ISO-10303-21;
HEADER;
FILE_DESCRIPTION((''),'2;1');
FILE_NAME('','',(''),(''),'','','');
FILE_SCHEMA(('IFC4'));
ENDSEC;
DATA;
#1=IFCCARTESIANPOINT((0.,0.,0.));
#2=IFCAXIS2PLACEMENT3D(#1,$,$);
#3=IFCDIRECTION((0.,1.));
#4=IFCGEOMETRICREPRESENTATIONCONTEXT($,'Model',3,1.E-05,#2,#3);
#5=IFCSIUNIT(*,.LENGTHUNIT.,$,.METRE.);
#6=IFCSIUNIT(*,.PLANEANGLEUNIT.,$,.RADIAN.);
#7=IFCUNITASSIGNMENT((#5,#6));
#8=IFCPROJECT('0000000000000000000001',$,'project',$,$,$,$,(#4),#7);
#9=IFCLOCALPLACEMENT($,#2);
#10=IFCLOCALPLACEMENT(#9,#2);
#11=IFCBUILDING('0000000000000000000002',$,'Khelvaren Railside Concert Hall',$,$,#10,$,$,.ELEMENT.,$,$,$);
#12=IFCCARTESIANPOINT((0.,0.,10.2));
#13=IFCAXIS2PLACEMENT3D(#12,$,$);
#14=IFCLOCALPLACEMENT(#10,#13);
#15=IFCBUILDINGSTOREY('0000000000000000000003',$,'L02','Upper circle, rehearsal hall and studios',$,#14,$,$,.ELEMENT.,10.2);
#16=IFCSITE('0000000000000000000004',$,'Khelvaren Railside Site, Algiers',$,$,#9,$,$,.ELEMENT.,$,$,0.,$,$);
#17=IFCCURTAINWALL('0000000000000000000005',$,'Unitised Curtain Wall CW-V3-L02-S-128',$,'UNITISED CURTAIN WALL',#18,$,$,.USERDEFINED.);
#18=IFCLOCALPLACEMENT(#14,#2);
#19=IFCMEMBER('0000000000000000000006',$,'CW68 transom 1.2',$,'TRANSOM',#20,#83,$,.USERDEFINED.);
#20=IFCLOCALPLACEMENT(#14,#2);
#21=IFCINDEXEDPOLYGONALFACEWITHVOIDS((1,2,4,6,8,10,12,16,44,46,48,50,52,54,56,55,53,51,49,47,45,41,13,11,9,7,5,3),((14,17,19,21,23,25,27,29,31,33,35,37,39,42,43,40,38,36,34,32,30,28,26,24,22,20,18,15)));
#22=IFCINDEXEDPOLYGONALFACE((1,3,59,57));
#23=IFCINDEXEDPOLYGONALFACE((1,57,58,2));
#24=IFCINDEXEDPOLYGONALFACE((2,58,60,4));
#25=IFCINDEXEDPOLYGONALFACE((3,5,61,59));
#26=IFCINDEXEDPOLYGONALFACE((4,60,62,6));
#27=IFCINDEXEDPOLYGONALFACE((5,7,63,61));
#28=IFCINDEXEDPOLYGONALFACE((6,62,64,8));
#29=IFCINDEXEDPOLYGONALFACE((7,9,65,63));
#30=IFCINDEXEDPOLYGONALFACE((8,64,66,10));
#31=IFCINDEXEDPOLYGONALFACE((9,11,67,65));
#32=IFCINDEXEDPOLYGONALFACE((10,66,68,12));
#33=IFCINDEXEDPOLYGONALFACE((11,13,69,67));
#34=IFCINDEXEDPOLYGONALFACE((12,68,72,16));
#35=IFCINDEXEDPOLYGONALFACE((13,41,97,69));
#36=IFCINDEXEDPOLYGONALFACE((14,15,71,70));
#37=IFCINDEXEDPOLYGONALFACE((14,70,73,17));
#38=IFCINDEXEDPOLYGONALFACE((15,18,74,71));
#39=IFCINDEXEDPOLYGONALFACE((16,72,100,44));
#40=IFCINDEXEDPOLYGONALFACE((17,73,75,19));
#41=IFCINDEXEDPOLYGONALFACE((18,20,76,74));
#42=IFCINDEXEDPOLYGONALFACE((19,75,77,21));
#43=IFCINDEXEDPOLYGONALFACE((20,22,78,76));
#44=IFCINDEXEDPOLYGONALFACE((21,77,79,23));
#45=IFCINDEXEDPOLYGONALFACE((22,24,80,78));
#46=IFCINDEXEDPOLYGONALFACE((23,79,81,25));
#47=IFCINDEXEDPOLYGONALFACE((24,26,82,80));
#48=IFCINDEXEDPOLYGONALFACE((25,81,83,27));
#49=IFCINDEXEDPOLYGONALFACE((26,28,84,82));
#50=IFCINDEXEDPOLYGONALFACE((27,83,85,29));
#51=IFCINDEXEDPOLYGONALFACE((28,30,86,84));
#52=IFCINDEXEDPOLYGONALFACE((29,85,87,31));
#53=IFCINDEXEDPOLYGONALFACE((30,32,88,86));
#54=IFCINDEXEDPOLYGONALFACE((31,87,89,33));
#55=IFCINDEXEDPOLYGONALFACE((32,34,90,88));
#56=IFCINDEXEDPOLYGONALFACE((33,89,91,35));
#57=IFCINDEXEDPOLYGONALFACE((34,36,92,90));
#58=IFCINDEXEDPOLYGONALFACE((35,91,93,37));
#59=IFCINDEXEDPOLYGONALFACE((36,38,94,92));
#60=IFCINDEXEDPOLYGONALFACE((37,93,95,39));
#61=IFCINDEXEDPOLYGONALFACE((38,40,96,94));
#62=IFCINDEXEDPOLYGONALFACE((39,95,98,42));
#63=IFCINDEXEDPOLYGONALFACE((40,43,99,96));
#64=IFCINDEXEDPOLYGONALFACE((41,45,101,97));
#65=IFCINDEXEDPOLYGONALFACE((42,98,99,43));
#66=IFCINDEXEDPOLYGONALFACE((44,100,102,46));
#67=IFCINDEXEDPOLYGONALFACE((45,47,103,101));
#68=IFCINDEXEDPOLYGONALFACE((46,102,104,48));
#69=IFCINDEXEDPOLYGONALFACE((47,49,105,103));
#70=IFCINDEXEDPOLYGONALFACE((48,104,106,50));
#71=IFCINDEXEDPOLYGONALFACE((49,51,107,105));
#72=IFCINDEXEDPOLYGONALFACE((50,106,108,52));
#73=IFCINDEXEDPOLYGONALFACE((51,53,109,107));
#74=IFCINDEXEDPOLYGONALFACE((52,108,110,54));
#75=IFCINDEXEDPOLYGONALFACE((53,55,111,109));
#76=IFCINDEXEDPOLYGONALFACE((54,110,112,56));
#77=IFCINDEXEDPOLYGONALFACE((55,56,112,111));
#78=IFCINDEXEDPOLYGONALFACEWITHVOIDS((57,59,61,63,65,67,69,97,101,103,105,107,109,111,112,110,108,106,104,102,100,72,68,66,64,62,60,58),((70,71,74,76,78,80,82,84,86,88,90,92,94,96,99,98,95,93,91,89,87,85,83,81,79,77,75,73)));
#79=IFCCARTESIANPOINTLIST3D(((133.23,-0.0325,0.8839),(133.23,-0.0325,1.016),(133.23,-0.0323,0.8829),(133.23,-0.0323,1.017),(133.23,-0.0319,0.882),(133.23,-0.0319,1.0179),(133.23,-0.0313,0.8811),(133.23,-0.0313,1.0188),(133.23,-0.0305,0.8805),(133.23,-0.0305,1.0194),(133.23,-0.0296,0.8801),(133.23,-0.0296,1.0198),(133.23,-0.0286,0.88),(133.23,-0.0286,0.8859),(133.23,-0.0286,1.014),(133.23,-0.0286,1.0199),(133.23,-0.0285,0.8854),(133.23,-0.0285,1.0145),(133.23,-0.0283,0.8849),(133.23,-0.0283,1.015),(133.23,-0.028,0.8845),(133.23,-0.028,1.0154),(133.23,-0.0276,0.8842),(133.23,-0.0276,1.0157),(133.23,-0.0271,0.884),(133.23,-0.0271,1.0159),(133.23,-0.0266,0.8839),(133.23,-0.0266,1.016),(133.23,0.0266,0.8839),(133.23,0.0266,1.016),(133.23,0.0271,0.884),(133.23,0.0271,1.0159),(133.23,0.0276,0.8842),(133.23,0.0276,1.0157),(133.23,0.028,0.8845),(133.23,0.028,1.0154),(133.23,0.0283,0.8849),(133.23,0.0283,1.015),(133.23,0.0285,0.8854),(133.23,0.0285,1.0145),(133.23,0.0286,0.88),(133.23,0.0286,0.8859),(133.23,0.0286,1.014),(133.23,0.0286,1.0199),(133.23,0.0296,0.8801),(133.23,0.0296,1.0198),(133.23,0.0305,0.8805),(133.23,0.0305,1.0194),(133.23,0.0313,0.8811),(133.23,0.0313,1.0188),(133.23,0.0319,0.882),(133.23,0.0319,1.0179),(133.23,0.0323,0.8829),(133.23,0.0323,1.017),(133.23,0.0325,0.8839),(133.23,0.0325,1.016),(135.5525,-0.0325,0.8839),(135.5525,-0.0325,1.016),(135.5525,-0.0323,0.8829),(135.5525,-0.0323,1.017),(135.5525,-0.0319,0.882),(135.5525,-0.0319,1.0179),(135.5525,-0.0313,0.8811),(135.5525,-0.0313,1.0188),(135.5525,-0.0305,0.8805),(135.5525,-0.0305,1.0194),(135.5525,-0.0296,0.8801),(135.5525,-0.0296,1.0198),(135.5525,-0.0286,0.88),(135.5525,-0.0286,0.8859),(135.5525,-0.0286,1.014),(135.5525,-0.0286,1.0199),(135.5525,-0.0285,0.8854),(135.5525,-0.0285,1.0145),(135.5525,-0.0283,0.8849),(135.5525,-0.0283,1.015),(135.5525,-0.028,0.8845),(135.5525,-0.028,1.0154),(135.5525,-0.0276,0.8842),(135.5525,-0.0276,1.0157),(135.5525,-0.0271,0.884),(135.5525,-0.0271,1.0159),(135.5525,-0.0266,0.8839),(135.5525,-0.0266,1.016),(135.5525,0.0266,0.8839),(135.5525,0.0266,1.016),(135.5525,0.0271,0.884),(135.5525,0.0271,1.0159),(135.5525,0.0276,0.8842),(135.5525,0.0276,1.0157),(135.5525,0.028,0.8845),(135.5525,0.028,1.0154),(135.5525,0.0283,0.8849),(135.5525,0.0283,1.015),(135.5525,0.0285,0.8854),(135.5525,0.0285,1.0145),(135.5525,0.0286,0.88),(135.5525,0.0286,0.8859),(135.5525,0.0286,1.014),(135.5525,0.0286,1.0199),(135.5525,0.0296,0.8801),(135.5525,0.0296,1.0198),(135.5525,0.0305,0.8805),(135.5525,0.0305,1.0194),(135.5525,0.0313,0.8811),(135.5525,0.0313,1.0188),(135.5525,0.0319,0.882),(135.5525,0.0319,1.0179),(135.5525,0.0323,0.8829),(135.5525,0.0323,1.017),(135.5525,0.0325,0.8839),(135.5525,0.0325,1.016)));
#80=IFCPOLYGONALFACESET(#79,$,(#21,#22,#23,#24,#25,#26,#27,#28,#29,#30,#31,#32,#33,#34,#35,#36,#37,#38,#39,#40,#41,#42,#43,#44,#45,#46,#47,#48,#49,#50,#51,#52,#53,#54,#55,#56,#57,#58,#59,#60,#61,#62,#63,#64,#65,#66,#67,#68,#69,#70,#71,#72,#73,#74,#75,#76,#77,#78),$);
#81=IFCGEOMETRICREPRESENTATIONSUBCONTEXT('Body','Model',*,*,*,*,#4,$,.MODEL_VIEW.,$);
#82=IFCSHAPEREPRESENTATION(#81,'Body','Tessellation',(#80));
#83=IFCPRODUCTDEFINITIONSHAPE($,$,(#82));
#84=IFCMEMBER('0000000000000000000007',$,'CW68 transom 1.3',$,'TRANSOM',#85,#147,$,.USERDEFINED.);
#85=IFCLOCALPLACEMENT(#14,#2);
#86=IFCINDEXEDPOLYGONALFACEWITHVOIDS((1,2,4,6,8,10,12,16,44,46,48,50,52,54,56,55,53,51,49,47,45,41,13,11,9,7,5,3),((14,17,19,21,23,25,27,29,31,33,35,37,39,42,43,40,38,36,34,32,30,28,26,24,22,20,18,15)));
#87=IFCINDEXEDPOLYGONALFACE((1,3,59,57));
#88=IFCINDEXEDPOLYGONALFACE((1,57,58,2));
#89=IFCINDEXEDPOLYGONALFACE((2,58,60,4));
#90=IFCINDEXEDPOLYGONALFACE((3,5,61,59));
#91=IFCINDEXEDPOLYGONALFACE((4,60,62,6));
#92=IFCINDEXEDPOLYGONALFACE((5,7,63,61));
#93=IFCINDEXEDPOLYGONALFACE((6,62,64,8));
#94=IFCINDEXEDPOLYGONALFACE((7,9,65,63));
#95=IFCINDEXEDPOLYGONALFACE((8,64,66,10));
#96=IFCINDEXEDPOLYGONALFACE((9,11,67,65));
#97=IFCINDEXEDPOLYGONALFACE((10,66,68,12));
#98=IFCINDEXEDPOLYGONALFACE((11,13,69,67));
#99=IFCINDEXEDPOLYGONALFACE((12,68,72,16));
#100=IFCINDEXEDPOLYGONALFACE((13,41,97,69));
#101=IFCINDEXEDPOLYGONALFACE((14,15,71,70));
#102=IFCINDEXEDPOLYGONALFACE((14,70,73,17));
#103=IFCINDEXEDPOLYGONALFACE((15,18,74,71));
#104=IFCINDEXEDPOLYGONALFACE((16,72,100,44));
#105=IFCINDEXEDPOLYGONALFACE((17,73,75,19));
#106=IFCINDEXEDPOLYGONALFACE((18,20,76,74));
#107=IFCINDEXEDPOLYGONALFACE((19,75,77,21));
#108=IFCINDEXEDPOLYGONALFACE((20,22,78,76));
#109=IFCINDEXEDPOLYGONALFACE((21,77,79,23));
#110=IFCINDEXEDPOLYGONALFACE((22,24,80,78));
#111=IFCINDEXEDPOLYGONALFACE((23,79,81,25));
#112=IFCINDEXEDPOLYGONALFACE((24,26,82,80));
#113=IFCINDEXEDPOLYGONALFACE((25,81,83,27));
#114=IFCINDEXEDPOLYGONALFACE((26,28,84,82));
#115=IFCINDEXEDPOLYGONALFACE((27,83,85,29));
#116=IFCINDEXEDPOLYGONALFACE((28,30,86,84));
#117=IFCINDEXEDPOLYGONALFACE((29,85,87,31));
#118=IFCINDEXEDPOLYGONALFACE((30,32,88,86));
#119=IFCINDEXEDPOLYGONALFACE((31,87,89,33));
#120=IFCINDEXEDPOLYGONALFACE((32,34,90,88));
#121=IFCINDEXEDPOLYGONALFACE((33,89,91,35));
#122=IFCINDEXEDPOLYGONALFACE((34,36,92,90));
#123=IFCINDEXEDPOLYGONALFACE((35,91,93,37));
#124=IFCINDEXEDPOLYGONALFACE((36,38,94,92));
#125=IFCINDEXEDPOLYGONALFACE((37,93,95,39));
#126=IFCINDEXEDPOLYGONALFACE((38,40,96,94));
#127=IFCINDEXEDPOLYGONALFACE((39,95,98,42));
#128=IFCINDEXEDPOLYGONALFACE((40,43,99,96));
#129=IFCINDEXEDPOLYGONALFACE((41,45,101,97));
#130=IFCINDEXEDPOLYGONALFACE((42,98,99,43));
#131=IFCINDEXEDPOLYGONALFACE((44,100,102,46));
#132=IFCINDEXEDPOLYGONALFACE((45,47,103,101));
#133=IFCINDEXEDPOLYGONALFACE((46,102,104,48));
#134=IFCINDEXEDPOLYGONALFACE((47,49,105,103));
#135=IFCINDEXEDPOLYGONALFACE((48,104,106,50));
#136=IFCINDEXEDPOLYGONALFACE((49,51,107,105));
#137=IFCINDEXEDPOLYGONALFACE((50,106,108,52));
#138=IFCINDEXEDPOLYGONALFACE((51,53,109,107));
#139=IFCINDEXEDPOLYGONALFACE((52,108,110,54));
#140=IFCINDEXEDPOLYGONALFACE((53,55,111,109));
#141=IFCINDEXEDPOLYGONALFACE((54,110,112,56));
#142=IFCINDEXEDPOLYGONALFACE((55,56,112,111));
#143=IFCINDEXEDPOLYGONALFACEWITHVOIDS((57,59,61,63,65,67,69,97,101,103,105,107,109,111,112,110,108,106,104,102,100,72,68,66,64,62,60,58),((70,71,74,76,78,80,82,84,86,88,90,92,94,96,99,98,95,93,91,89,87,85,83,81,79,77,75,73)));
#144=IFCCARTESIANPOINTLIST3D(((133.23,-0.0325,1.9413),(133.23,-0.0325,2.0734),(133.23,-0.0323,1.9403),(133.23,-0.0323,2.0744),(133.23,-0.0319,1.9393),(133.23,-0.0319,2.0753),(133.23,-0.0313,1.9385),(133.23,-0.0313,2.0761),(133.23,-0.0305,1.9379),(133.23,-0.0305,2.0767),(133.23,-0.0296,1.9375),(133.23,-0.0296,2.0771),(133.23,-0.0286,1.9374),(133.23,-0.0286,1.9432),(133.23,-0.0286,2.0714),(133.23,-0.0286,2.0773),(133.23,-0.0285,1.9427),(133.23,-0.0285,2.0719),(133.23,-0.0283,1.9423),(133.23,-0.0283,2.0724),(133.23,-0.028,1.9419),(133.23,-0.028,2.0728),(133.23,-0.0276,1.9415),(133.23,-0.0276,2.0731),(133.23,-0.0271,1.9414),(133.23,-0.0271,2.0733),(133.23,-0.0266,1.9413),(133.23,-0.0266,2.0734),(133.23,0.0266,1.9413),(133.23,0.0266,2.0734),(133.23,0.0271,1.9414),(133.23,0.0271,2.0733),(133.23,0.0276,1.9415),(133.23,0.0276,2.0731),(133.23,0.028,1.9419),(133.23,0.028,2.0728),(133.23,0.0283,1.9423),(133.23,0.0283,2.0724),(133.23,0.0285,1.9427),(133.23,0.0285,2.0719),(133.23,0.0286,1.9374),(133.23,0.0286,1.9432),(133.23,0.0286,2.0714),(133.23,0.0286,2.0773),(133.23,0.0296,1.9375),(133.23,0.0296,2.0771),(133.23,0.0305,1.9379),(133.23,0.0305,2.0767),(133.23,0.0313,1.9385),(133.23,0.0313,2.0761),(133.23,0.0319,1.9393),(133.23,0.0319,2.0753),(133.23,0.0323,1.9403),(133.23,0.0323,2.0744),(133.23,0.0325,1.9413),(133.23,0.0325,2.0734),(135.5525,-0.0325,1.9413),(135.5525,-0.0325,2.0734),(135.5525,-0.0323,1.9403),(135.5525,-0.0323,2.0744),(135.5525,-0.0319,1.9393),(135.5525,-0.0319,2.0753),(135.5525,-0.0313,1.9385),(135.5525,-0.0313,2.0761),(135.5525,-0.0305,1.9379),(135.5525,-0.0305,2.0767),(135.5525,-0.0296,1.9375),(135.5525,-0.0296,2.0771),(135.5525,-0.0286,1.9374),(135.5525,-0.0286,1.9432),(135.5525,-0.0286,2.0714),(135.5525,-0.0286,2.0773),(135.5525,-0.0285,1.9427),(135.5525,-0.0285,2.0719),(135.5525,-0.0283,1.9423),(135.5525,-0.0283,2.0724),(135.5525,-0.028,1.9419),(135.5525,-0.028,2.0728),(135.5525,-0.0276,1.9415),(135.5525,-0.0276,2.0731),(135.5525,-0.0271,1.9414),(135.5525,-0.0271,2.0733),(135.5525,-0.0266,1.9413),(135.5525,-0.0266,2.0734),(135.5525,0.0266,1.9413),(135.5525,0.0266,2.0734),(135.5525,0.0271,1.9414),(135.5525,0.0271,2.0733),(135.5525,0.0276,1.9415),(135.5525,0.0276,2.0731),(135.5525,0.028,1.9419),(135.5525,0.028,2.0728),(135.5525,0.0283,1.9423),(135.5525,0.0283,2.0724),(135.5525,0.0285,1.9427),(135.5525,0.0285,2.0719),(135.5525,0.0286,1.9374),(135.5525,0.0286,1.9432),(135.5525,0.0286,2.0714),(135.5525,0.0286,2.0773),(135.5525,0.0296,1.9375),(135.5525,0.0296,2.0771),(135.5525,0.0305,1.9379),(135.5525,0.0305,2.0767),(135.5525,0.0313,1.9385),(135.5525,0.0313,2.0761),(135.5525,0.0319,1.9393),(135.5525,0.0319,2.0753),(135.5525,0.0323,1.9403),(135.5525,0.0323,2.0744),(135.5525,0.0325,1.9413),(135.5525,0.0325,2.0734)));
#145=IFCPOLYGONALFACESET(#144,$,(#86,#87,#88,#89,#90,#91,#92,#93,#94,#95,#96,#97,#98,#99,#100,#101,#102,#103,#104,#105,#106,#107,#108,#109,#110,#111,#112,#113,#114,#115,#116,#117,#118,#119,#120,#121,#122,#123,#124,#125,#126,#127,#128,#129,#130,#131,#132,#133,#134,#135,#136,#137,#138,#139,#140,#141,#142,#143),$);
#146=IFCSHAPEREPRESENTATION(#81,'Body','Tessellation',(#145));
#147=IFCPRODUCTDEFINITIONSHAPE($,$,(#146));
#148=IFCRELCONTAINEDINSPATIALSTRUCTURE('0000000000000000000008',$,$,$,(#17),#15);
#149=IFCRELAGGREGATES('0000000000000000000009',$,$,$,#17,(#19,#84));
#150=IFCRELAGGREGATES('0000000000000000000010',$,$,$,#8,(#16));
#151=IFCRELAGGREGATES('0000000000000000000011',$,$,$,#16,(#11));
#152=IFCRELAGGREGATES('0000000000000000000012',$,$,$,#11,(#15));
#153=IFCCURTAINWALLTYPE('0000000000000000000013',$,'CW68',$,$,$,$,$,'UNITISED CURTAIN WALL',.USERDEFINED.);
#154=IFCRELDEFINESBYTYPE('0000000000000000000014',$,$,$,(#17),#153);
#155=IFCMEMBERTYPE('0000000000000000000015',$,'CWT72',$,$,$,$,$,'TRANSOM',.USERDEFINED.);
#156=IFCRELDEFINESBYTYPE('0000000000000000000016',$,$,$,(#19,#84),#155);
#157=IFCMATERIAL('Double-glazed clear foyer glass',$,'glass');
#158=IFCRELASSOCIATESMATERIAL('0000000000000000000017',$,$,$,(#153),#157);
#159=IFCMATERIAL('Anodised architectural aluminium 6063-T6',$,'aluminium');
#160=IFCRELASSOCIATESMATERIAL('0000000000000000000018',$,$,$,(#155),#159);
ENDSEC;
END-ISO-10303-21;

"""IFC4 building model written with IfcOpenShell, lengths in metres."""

from ifc_helpers import new_model, si_unit, direction, frame, origin, origin_2d, place, context, subcontext, project, spatial, hollow_rectangle, extrude, material, material_profile, profile_set, type_object, element, aggregate, save


model = new_model("IFC4")

# Units and contexts
model_context = context("Model", 3, precision=1e-05, world=origin(), true_north=direction((0.0, 1.0)))
body_context = subcontext(model_context, "Body", "Model", "MODEL_VIEW")
ifc_project = project(units=[si_unit("LENGTHUNIT", "METRE"), si_unit("PLANEANGLEUNIT", "RADIAN")], contexts=[model_context])

# Site, building, storey
site_placement = place(None, origin())
site = spatial("IfcSite", under=ifc_project, at=site_placement, Name="Khelvaren Railside Site, Algiers", CompositionType="ELEMENT", RefElevation=0.0)
building_placement = place(site_placement, origin())
building = spatial("IfcBuilding", under=site, at=building_placement, Name="Khelvaren Railside Concert Hall", CompositionType="ELEMENT")
storey_placement = place(building_placement, frame((0.0, 0.0, 10.2)))
storey = spatial("IfcBuildingStorey", under=building, at=storey_placement, Name="L02", Description="Upper circle, rehearsal hall and studios", CompositionType="ELEMENT", Elevation=10.2)

# Curtain wall
ifc_material_1 = material(Name="Double-glazed clear foyer glass", Category="glass")
curtain_wall_type_1 = type_object("IfcCurtainWallType", Name="CW68", ElementType="UNITISED CURTAIN WALL", PredefinedType="USERDEFINED", material=ifc_material_1)
curtain_wall_1_placement = place(storey_placement, origin())
curtain_wall_1 = element("IfcCurtainWall", 1, at=curtain_wall_1_placement, inside=storey, type_object=curtain_wall_type_1, Name="Unitised Curtain Wall CW-V3-L02-S-128", ObjectType="UNITISED CURTAIN WALL", PredefinedType="USERDEFINED")
ifc_material_2 = material(Name="Anodised architectural aluminium 6063-T6", Category="aluminium")

# Members
ifc_material_profile_1 = material_profile(ifc_material_2, hollow_rectangle(XDim=0.0649, YDim=0.1399, WallThickness=0.0039, InnerFilletRadius=0.002, OuterFilletRadius=0.0039, at=origin_2d()), Name="CWT 65x140x4")
ifc_profile_set_1 = profile_set([ifc_material_profile_1], Name="Anodised architectural aluminium 6063-T6")
member_type_1 = type_object("IfcMemberType", Name="CWT72", ElementType="TRANSOM", PredefinedType="USERDEFINED", material=ifc_profile_set_1)
member_1_placement = place(storey_placement, frame((135.5525, 0.0, 0.95), z_axis=(-1.0, 0.0, 0.0), x_axis=(0.0, -1.0, 0.0)))
member_1 = element("IfcMember", 2, at=member_1_placement, type_object=member_type_1, Name="CW68 transom 1.2", ObjectType="TRANSOM", PredefinedType="USERDEFINED", context=body_context, shape_type="SweptSolid", body=[
    extrude(hollow_rectangle(XDim=0.0649, YDim=0.1399, WallThickness=0.0039, InnerFilletRadius=0.002, OuterFilletRadius=0.0039, at=origin_2d()), origin(), (0.0, 0.0, 1.0), 2.3225),
])
member_2_placement = place(storey_placement, frame((135.5525, 0.0, 2.0073), z_axis=(-1.0, 0.0, 0.0), x_axis=(0.0, -1.0, 0.0)))
member_2 = element("IfcMember", 3, at=member_2_placement, type_object=member_type_1, Name="CW68 transom 1.3", ObjectType="TRANSOM", PredefinedType="USERDEFINED", context=body_context, shape_type="SweptSolid", body=[
    extrude(hollow_rectangle(XDim=0.0649, YDim=0.1399, WallThickness=0.0039, InnerFilletRadius=0.002, OuterFilletRadius=0.0039, at=origin_2d()), origin(), (0.0, 0.0, 1.0), 2.3225),
])

aggregate(curtain_wall_1, [member_1, member_2])

save(model, "model.ifc")
